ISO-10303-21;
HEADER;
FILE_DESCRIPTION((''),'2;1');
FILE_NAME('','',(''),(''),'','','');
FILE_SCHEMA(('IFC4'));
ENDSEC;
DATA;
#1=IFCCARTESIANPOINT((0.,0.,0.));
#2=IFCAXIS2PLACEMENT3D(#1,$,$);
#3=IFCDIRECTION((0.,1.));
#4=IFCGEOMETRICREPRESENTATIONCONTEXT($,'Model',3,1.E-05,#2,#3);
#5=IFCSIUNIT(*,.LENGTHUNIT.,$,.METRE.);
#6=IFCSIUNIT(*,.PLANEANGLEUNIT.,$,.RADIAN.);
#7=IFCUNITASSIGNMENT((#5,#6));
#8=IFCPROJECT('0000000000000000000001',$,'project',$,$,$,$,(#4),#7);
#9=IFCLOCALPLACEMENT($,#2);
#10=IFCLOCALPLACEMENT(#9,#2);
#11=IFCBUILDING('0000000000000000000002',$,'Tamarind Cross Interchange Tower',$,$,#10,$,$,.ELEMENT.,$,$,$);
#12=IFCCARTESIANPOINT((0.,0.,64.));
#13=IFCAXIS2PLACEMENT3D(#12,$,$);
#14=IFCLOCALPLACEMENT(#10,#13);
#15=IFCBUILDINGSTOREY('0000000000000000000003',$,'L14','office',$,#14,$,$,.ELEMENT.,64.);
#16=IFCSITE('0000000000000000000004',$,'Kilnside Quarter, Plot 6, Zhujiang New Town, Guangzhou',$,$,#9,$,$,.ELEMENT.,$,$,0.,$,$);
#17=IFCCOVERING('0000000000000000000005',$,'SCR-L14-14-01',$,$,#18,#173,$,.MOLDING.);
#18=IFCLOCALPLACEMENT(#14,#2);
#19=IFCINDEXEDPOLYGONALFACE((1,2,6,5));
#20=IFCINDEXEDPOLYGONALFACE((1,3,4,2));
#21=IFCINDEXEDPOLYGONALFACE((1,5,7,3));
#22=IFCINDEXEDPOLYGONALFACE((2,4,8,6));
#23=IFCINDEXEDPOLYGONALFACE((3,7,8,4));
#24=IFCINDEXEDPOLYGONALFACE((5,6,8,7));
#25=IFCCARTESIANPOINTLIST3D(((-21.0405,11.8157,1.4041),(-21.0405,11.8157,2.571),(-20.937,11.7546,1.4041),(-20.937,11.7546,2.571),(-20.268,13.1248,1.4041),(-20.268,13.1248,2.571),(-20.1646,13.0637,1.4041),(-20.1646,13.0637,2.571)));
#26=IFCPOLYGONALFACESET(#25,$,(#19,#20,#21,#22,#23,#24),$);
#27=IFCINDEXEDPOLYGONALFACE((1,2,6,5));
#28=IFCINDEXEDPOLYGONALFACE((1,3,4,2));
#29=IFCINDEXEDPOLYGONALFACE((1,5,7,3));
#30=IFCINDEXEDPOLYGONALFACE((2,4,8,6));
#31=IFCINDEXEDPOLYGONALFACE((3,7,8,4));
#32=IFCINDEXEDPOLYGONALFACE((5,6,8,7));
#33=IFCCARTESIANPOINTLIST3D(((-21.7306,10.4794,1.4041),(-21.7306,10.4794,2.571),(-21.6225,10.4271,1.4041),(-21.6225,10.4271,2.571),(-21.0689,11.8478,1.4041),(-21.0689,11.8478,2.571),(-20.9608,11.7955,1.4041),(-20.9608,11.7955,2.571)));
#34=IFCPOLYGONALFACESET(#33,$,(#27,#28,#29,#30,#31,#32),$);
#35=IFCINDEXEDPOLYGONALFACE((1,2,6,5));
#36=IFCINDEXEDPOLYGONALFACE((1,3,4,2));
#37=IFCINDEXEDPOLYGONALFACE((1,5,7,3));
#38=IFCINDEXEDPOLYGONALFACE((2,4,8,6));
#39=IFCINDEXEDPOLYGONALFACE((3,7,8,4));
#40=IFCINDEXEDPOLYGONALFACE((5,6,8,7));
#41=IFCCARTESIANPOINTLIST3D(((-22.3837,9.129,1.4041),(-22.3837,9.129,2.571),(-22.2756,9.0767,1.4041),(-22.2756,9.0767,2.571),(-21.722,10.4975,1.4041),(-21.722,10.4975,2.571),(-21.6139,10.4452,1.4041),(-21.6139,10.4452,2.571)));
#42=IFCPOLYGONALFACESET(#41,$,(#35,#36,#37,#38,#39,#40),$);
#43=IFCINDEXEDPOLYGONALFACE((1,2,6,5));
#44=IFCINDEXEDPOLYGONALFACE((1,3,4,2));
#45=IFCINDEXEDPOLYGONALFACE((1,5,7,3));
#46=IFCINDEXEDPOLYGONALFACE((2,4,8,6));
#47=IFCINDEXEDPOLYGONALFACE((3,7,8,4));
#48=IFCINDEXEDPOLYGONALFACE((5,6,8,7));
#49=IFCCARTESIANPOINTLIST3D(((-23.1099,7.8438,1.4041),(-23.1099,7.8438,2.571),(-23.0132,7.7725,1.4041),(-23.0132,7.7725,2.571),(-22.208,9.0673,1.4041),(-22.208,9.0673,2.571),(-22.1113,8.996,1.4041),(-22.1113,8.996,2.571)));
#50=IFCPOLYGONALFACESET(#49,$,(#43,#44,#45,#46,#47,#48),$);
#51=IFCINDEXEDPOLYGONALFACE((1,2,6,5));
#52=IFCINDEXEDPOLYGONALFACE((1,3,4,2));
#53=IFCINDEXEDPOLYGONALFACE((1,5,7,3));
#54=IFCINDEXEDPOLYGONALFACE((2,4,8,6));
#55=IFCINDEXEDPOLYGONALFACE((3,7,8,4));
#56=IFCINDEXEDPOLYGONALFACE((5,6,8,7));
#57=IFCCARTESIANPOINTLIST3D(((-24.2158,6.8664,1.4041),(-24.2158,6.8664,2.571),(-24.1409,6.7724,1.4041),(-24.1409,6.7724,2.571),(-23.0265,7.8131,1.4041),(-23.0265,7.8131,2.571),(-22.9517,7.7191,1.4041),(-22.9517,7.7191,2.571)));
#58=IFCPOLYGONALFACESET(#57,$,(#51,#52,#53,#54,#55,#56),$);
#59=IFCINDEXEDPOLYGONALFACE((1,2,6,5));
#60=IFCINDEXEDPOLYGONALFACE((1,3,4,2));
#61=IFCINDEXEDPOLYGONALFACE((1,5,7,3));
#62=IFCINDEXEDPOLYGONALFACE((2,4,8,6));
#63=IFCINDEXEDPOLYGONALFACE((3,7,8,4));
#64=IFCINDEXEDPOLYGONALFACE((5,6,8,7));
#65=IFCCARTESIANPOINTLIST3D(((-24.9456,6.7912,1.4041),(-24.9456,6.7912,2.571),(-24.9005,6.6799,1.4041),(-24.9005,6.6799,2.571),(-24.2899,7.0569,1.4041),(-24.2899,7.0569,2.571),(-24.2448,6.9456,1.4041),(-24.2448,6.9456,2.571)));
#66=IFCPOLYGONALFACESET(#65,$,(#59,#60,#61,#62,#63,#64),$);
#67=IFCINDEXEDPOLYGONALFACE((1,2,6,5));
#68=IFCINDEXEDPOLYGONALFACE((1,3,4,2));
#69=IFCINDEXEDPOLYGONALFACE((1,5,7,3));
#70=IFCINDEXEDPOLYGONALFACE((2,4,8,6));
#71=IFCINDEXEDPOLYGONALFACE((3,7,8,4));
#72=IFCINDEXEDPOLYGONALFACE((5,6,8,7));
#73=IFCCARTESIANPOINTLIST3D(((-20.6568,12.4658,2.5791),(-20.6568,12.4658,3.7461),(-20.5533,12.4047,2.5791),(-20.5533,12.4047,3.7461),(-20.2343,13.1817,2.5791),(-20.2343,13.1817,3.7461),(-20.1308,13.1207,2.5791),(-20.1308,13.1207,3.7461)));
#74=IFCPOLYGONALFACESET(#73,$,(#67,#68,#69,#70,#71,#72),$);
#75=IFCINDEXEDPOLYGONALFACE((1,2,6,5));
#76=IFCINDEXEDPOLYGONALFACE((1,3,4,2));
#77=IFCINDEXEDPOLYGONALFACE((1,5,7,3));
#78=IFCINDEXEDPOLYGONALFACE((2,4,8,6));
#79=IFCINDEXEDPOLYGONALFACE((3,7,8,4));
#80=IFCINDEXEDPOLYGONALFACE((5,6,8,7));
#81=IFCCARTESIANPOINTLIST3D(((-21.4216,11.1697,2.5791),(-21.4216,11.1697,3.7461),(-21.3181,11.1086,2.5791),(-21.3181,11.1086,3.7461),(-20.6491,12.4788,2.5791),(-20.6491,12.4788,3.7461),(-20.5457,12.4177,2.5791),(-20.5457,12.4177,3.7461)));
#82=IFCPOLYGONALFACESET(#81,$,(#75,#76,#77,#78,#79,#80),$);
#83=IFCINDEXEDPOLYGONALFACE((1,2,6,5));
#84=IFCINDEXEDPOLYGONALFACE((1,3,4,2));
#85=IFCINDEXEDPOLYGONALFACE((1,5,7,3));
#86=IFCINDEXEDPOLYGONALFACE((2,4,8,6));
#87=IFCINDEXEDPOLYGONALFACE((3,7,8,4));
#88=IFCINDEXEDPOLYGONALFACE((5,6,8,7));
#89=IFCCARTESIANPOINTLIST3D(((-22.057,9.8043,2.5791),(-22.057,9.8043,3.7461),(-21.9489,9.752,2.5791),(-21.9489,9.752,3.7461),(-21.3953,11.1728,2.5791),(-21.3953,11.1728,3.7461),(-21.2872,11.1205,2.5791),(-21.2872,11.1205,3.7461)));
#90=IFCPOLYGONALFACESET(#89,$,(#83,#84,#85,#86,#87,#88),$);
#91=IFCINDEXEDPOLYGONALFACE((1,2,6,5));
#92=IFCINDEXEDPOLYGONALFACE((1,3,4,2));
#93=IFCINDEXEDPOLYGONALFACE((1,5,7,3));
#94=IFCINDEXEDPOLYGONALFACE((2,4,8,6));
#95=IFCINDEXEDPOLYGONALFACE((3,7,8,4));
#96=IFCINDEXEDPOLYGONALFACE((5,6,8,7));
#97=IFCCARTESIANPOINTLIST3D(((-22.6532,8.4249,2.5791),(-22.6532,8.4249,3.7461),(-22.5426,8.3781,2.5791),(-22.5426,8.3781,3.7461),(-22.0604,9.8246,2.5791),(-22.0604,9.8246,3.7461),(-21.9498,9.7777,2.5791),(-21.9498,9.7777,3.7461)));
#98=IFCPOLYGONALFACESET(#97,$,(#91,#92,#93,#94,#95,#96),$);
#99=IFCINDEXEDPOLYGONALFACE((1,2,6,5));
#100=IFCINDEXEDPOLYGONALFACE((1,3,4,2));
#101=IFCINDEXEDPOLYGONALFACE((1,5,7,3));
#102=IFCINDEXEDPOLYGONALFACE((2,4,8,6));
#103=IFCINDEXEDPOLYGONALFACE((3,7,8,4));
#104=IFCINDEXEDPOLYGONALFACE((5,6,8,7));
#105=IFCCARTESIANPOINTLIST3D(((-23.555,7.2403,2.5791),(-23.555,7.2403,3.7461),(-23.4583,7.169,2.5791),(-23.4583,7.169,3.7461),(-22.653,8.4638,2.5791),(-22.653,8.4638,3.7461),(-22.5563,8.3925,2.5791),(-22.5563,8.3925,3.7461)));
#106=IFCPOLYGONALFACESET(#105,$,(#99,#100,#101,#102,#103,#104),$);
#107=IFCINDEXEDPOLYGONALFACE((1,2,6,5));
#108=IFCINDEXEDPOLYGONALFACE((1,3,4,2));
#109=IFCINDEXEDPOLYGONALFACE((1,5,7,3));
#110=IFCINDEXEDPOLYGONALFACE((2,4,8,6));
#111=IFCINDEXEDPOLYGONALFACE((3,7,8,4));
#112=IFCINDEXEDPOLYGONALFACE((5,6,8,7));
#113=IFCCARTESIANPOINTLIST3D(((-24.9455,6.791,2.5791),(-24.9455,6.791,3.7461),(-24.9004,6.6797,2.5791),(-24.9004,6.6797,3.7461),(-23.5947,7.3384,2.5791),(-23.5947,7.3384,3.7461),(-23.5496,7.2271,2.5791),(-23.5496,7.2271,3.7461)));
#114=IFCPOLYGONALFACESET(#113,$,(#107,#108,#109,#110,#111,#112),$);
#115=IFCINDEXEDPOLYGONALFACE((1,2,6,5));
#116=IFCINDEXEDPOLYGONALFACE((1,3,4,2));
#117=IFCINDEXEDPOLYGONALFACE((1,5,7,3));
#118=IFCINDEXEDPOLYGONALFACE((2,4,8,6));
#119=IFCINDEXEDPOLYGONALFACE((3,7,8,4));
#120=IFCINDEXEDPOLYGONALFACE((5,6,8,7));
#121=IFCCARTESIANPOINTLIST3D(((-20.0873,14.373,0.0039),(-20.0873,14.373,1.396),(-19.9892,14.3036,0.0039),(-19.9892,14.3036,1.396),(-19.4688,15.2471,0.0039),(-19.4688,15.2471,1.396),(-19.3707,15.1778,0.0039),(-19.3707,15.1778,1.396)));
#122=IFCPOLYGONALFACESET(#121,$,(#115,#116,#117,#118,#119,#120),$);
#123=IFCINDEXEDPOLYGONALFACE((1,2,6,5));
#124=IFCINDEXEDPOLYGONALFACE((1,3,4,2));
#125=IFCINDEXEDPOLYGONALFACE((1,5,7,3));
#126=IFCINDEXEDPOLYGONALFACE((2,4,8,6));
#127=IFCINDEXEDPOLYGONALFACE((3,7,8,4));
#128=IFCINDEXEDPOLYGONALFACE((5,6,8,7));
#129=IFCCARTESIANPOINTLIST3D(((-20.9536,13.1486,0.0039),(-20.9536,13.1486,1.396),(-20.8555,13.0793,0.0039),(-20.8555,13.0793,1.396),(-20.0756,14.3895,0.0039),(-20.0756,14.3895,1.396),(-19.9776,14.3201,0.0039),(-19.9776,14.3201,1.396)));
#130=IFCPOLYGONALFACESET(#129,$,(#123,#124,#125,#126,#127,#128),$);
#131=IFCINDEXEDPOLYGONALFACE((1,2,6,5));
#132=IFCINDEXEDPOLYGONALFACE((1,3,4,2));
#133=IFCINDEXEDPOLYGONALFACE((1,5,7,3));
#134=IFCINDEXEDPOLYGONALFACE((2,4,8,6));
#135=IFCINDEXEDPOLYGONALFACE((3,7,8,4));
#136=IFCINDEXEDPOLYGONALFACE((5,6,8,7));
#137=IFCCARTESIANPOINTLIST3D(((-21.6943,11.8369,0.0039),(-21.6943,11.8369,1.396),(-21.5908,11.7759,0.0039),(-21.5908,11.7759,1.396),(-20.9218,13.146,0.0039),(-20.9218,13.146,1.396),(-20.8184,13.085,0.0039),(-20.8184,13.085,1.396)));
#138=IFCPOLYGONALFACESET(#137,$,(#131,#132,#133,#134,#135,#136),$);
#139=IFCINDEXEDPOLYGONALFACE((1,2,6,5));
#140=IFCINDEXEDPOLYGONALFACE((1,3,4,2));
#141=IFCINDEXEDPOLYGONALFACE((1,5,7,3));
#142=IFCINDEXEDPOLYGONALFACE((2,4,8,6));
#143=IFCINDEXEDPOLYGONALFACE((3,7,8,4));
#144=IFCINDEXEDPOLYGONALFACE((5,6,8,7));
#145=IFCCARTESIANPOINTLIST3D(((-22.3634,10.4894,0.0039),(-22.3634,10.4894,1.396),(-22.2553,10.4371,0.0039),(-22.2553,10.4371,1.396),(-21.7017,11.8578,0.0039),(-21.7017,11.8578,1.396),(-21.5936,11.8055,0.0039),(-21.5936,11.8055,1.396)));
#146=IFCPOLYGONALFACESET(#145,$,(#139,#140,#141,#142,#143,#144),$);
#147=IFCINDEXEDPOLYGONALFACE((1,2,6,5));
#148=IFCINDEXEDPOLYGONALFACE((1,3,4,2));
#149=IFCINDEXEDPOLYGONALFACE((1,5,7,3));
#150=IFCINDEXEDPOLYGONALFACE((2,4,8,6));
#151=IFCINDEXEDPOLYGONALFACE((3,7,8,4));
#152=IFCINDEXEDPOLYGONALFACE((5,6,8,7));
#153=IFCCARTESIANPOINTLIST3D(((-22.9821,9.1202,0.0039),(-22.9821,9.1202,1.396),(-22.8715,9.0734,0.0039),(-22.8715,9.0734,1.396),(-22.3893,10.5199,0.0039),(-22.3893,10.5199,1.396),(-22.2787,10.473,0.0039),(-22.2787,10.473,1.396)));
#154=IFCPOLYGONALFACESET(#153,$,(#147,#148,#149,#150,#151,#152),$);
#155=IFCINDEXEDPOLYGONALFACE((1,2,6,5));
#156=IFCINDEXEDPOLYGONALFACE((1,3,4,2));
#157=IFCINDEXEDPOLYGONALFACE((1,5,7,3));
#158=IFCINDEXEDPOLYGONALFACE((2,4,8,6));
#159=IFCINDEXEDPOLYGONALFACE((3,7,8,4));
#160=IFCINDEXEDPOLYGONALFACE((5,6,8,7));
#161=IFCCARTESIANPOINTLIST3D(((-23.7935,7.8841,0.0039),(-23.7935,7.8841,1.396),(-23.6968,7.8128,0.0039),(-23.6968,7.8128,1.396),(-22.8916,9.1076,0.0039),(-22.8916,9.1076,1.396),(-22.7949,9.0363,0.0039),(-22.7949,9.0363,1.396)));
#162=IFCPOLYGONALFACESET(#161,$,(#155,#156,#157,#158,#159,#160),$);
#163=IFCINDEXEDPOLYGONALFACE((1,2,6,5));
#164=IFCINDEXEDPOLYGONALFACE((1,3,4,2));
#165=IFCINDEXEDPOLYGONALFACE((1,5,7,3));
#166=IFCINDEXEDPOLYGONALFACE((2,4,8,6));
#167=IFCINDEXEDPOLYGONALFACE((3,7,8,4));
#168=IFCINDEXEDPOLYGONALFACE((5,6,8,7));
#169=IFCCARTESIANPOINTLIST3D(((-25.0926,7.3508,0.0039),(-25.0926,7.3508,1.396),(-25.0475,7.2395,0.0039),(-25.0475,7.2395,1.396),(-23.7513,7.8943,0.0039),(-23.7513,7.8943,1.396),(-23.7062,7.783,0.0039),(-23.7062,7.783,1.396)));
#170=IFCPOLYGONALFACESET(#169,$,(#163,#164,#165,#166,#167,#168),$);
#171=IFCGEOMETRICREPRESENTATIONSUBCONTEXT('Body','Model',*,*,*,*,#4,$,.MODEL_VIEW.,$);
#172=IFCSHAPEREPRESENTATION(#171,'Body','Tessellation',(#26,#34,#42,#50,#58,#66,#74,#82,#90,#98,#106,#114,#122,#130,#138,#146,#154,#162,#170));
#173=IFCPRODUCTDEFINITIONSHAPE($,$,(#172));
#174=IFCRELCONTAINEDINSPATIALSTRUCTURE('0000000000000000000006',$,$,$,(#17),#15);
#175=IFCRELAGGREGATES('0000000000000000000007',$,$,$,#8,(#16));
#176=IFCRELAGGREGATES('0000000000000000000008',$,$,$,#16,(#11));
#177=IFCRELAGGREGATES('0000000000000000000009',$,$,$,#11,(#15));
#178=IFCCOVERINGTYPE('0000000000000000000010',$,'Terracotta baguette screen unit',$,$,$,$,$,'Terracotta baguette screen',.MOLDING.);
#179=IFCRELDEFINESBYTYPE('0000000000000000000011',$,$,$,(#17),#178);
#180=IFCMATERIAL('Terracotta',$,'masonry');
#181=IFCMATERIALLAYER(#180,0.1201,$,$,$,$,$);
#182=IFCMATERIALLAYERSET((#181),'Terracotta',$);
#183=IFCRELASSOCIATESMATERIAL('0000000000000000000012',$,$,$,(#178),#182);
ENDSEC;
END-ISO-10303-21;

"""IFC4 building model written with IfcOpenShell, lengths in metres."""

from ifc_helpers import new_model, si_unit, direction, frame, origin, origin_2d, place, context, subcontext, project, spatial, rectangle, extrude, material, layer, layer_set, type_object, element, save


model = new_model("IFC4")

# Units and contexts
model_context = context("Model", 3, precision=1e-05, world=origin(), true_north=direction((0.0, 1.0)))
body_context = subcontext(model_context, "Body", "Model", "MODEL_VIEW")
ifc_project = project(units=[si_unit("LENGTHUNIT", "METRE"), si_unit("PLANEANGLEUNIT", "RADIAN")], contexts=[model_context])

# Site, building, storey
site_placement = place(None, origin())
site = spatial("IfcSite", under=ifc_project, at=site_placement, Name="Kilnside Quarter, Plot 6, Zhujiang New Town, Guangzhou", CompositionType="ELEMENT", RefElevation=0.0)
building_placement = place(site_placement, origin())
building = spatial("IfcBuilding", under=site, at=building_placement, Name="Tamarind Cross Interchange Tower", CompositionType="ELEMENT")
storey_placement = place(building_placement, frame((0.0, 0.0, 64.0)))
storey = spatial("IfcBuildingStorey", under=building, at=storey_placement, Name="L14", Description="office", CompositionType="ELEMENT", Elevation=64.0)

# Covering
ifc_material_1 = material(Name="Terracotta", Category="masonry")
ifc_layer_1 = layer(ifc_material_1, 0.1201)
ifc_layer_set_1 = layer_set([ifc_layer_1], Name="Terracotta")
covering_type = type_object("IfcCoveringType", Name="Terracotta baguette screen unit", ElementType="Terracotta baguette screen", PredefinedType="MOLDING", material=ifc_layer_set_1)
covering_1_placement = place(storey_placement, origin())
element("IfcCovering", 1, at=covering_1_placement, inside=storey, type_object=covering_type, Name="SCR-L14-14-01", PredefinedType="MOLDING", context=body_context, shape_type="SweptSolid", body=[
    extrude(rectangle(XDim=1.52, YDim=0.1201, at=origin_2d()), frame((-20.6025, 12.4397, 1.4041), z_axis=(0.0, 0.0, 1.0), x_axis=(-0.508183, -0.861249, 0.0)), (0.0, 0.0, 1.0), 1.167),
    extrude(rectangle(XDim=1.52, YDim=0.1201, at=origin_2d()), frame((-21.3457, 11.1375, 1.4041), z_axis=(0.0, 0.0, 1.0), x_axis=(-0.435326, -0.900273, 0.0)), (0.0, 0.0, 1.0), 1.167),
    extrude(rectangle(XDim=1.52, YDim=0.1201, at=origin_2d()), frame((-21.9988, 9.7871, 1.4041), z_axis=(0.0, 0.0, 1.0), x_axis=(-0.435326, -0.900273, 0.0)), (0.0, 0.0, 1.0), 1.167),
    extrude(rectangle(XDim=1.52, YDim=0.1201, at=origin_2d()), frame((-22.6106, 8.4199, 1.4041), z_axis=(0.0, 0.0, 1.0), x_axis=(-0.59338, -0.804922, 0.0)), (0.0, 0.0, 1.0), 1.167),
    extrude(rectangle(XDim=1.52, YDim=0.1201, at=origin_2d()), frame((-23.5837, 7.2927, 1.4041), z_axis=(0.0, 0.0, 1.0), x_axis=(-0.782377, -0.622806, 0.0)), (0.0, 0.0, 1.0), 1.167),
    extrude(rectangle(XDim=0.7075, YDim=0.1201, at=origin_2d()), frame((-24.5952, 6.8684, 1.4041), z_axis=(0.0, 0.0, 1.0), x_axis=(-0.926791, -0.375577, 0.0)), (0.0, 0.0, 1.0), 1.167),
    extrude(rectangle(XDim=0.8313, YDim=0.1201, at=origin_2d()), frame((-20.3938, 12.7932, 2.5791), z_axis=(0.0, 0.0, 1.0), x_axis=(-0.508183, -0.861249, 0.0)), (0.0, 0.0, 1.0), 1.167),
    extrude(rectangle(XDim=1.52, YDim=0.1201, at=origin_2d()), frame((-20.9836, 11.7937, 2.5791), z_axis=(0.0, 0.0, 1.0), x_axis=(-0.508183, -0.861249, 0.0)), (0.0, 0.0, 1.0), 1.167),
    extrude(rectangle(XDim=1.52, YDim=0.1201, at=origin_2d()), frame((-21.6721, 10.4624, 2.5791), z_axis=(0.0, 0.0, 1.0), x_axis=(-0.435326, -0.900273, 0.0)), (0.0, 0.0, 1.0), 1.167),
    extrude(rectangle(XDim=1.52, YDim=0.1201, at=origin_2d()), frame((-22.3015, 9.1013, 2.5791), z_axis=(0.0, 0.0, 1.0), x_axis=(-0.390009, -0.920811, 0.0)), (0.0, 0.0, 1.0), 1.167),
    extrude(rectangle(XDim=1.52, YDim=0.1201, at=origin_2d()), frame((-23.0557, 7.8164, 2.5791), z_axis=(0.0, 0.0, 1.0), x_axis=(-0.59338, -0.804922, 0.0)), (0.0, 0.0, 1.0), 1.167),
    extrude(rectangle(XDim=1.4575, YDim=0.1201, at=origin_2d()), frame((-24.2476, 7.009, 2.5791), z_axis=(0.0, 0.0, 1.0), x_axis=(-0.926791, -0.375577, 0.0)), (0.0, 0.0, 1.0), 1.167),
    extrude(rectangle(XDim=1.0708, YDim=0.1201, at=origin_2d()), frame((-19.729, 14.7754, 0.0039), z_axis=(0.0, 0.0, 1.0), x_axis=(-0.577569, -0.816342, 0.0)), (0.0, 0.0, 1.0), 1.3921),
    extrude(rectangle(XDim=1.52, YDim=0.1201, at=origin_2d()), frame((-20.4656, 13.7344, 0.0039), z_axis=(0.0, 0.0, 1.0), x_axis=(-0.577569, -0.816342, 0.0)), (0.0, 0.0, 1.0), 1.3921),
    extrude(rectangle(XDim=1.52, YDim=0.1201, at=origin_2d()), frame((-21.2563, 12.4609, 0.0039), z_axis=(0.0, 0.0, 1.0), x_axis=(-0.508183, -0.861249, 0.0)), (0.0, 0.0, 1.0), 1.3921),
    extrude(rectangle(XDim=1.52, YDim=0.1201, at=origin_2d()), frame((-21.9785, 11.1475, 0.0039), z_axis=(0.0, 0.0, 1.0), x_axis=(-0.435326, -0.900273, 0.0)), (0.0, 0.0, 1.0), 1.3921),
    extrude(rectangle(XDim=1.52, YDim=0.1201, at=origin_2d()), frame((-22.6304, 9.7966, 0.0039), z_axis=(0.0, 0.0, 1.0), x_axis=(-0.390009, -0.920811, 0.0)), (0.0, 0.0, 1.0), 1.3921),
    extrude(rectangle(XDim=1.52, YDim=0.1201, at=origin_2d()), frame((-23.2942, 8.4602, 0.0039), z_axis=(0.0, 0.0, 1.0), x_axis=(-0.59338, -0.804922, 0.0)), (0.0, 0.0, 1.0), 1.3921),
    extrude(rectangle(XDim=1.4473, YDim=0.1201, at=origin_2d()), frame((-24.3994, 7.5669, 0.0039), z_axis=(0.0, 0.0, 1.0), x_axis=(-0.926791, -0.375577, 0.0)), (0.0, 0.0, 1.0), 1.3921),
])

save(model, "model.ifc")
